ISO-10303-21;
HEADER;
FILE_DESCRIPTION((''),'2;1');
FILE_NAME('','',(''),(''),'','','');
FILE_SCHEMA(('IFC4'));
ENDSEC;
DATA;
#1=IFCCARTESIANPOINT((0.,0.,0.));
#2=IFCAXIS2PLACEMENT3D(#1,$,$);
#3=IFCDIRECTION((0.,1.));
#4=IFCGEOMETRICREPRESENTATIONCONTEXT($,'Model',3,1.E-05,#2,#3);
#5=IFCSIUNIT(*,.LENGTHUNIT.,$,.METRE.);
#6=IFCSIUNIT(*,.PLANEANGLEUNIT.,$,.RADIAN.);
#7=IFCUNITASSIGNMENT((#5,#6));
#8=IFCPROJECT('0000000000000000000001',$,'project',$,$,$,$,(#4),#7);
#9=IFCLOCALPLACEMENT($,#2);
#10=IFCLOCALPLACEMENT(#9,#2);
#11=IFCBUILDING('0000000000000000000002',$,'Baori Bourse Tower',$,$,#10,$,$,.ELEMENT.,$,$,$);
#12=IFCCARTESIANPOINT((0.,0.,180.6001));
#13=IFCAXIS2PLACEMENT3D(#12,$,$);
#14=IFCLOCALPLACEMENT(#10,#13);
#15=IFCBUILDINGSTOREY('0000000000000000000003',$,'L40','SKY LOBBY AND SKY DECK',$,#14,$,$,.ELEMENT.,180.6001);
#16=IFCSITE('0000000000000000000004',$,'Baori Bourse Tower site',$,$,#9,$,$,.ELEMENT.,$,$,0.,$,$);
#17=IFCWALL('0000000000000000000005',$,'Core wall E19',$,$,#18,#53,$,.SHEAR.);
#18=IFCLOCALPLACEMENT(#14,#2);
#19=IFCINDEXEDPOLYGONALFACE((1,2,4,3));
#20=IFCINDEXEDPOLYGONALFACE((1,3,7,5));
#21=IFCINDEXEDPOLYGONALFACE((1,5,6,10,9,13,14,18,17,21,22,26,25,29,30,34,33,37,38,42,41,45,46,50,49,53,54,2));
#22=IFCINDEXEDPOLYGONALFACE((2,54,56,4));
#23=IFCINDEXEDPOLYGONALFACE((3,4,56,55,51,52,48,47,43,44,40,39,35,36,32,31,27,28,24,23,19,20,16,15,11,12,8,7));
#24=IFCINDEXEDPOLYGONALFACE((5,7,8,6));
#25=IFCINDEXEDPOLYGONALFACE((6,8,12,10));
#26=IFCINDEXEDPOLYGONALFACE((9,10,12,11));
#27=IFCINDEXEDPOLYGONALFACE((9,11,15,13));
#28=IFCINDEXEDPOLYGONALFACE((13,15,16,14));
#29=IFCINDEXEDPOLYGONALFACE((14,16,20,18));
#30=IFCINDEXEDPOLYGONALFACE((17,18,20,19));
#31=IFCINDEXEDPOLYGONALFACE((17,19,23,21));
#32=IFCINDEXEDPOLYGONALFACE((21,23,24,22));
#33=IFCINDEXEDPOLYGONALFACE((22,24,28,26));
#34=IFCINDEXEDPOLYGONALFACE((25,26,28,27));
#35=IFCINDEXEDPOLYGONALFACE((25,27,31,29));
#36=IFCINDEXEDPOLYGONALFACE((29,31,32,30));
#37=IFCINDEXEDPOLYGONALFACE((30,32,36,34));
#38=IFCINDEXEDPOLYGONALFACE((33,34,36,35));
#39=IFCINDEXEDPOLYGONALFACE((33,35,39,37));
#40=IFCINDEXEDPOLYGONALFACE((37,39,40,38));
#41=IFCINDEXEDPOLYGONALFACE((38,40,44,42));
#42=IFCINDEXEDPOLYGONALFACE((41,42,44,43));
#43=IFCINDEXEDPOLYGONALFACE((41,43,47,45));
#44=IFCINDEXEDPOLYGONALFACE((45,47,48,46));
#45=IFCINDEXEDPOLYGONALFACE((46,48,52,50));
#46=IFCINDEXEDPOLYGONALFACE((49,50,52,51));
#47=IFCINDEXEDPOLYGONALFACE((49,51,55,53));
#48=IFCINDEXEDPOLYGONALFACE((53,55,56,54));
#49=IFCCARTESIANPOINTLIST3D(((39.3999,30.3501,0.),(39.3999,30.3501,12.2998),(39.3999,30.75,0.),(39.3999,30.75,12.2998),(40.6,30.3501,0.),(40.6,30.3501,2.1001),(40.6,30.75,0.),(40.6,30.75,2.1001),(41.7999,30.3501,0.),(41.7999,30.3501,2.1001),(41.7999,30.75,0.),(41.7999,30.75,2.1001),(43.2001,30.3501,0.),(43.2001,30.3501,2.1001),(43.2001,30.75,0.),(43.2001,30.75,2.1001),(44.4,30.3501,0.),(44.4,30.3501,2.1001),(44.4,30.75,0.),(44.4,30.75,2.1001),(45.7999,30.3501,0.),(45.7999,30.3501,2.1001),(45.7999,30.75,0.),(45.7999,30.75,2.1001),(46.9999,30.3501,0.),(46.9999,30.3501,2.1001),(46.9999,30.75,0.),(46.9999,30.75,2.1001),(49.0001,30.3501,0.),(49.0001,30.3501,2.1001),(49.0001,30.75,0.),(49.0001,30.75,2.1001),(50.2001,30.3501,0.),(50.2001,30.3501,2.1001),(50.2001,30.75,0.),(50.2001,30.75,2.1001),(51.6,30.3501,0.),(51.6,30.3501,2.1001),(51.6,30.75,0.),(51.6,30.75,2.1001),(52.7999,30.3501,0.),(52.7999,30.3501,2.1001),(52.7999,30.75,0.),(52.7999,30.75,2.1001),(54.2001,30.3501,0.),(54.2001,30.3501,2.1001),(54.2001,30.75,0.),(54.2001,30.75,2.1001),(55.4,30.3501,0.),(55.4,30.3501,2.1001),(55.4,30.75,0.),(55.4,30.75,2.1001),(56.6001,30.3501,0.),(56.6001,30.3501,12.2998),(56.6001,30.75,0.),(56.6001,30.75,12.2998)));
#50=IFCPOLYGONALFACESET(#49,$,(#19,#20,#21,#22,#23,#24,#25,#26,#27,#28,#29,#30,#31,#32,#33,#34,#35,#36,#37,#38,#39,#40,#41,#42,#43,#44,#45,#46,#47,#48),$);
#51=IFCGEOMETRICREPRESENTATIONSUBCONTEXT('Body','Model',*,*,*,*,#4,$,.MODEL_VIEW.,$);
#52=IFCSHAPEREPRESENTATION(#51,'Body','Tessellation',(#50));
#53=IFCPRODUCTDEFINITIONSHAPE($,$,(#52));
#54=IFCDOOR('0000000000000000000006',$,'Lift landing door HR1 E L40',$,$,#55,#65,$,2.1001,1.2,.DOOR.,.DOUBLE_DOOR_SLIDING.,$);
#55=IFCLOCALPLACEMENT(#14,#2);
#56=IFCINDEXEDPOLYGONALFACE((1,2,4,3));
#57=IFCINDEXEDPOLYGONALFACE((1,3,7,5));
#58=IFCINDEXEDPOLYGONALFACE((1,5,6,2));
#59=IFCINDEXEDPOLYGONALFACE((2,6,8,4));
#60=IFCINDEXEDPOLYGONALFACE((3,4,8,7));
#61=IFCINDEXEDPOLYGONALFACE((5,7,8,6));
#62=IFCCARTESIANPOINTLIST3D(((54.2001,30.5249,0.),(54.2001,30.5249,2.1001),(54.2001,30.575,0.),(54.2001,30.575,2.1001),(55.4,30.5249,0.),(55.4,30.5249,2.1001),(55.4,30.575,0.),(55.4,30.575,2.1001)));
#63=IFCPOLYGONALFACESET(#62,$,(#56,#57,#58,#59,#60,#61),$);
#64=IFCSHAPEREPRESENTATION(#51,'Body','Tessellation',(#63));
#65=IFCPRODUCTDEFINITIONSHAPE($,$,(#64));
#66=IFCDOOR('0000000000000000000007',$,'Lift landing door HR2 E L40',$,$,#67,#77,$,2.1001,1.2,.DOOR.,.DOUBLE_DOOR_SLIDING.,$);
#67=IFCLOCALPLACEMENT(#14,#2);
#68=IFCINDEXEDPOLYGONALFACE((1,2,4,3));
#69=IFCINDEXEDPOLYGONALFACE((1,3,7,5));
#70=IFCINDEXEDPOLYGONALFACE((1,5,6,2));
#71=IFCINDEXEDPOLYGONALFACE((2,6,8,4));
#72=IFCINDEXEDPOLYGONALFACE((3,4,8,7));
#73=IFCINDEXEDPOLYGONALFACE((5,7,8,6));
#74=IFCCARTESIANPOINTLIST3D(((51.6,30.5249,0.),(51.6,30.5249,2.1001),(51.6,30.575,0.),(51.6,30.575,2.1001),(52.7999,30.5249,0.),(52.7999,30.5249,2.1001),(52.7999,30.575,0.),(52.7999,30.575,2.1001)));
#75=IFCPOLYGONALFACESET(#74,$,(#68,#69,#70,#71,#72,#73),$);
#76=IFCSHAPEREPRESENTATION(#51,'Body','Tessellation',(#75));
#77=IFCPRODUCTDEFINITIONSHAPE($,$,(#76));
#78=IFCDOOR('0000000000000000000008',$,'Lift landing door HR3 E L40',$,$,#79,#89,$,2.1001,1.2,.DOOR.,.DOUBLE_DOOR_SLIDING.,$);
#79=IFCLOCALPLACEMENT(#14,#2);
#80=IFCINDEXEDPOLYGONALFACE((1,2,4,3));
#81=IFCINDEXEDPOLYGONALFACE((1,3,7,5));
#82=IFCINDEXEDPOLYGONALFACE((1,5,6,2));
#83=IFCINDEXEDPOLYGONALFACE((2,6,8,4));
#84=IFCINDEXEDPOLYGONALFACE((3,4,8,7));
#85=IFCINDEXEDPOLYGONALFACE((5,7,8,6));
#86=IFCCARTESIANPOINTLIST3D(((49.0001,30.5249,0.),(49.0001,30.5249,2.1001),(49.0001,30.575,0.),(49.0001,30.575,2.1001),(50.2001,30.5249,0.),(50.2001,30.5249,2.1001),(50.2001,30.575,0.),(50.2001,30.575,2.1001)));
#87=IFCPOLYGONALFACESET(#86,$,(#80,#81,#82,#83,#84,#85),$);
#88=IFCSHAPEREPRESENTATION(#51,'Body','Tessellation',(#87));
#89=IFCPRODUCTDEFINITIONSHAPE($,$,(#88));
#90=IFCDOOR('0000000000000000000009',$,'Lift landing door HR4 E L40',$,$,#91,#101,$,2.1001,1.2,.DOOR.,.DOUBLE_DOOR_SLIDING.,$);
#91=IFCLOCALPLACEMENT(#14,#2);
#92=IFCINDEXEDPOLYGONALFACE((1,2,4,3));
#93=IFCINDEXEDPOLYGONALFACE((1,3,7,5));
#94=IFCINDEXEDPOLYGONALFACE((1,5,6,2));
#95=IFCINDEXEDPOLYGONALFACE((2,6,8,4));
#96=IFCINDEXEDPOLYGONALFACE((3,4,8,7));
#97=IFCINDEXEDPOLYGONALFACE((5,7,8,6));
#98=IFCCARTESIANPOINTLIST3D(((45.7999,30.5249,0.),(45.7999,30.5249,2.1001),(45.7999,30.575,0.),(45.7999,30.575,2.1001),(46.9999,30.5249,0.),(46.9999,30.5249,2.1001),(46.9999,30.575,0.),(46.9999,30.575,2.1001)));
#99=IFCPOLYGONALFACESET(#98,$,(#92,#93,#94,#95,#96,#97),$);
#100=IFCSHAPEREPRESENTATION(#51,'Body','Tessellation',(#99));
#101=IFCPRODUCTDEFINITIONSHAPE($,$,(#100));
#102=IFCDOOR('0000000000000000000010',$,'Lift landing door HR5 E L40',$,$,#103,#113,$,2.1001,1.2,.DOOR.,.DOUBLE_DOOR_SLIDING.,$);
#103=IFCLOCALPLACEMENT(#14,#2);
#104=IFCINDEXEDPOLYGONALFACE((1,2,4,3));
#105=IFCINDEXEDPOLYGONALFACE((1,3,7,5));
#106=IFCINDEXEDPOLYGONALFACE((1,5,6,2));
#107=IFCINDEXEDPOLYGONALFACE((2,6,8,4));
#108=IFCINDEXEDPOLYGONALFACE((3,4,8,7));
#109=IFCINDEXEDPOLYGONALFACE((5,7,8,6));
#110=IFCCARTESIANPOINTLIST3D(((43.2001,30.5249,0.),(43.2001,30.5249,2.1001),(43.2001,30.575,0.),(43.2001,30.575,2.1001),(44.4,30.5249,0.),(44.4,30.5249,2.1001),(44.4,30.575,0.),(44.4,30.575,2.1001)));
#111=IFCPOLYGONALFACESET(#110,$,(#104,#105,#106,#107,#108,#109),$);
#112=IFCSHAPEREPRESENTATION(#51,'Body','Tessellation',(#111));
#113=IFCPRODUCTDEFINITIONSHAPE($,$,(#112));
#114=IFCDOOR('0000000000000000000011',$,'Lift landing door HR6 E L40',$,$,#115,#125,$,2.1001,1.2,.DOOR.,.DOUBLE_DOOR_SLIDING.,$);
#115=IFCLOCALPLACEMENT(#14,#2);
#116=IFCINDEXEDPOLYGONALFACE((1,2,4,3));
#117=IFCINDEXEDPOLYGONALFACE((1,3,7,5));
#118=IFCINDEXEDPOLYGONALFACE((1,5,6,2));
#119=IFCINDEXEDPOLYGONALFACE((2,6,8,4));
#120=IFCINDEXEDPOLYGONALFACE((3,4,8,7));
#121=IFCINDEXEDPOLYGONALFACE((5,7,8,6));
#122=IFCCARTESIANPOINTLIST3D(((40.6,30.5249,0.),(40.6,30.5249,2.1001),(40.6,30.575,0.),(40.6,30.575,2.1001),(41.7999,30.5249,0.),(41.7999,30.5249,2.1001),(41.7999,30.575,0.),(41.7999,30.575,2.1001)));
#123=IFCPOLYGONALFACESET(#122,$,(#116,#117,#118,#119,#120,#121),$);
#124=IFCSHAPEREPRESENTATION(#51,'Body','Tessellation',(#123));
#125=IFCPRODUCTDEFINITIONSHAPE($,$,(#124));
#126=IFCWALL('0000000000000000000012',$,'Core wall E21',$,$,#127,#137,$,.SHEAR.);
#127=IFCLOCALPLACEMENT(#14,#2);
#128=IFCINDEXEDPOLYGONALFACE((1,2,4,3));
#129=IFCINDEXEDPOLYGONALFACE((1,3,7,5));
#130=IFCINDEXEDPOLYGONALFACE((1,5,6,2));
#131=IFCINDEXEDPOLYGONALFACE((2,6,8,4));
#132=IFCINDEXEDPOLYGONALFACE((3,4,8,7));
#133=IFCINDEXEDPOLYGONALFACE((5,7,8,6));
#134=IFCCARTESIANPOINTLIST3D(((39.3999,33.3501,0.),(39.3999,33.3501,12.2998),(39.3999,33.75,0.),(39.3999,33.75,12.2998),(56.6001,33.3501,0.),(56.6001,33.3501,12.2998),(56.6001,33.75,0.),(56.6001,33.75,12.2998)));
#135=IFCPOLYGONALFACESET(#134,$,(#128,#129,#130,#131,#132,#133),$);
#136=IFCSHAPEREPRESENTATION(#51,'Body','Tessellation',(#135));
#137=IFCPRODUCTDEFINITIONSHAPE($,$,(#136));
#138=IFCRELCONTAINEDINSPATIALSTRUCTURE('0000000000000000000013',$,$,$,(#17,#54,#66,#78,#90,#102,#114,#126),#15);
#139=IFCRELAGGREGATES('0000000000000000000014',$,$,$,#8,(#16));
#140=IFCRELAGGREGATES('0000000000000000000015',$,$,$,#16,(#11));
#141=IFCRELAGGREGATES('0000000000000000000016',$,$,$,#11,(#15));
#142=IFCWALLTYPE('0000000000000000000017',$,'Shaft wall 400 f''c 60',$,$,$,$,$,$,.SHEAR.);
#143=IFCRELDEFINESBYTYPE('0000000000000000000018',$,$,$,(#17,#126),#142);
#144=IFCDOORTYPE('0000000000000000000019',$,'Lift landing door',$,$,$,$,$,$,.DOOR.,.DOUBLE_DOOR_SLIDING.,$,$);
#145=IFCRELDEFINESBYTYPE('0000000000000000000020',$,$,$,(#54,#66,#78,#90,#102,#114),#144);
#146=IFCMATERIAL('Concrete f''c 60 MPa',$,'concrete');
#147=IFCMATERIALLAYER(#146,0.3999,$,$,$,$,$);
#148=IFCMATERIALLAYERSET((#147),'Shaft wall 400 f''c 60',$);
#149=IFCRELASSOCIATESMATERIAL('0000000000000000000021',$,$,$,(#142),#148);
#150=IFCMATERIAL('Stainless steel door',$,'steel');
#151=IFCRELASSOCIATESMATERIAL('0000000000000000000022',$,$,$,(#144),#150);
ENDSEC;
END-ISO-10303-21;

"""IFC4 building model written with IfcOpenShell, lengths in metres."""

from ifc_helpers import new_model, si_unit, direction, frame, frame_2d, origin, place, context, subcontext, project, spatial, rectangle, extrude, material, layer, layer_set, type_object, element, fill, save


model = new_model("IFC4")

# Units and contexts
model_context = context("Model", 3, precision=1e-05, world=origin(), true_north=direction((0.0, 1.0)))
body_context = subcontext(model_context, "Body", "Model", "MODEL_VIEW")
ifc_project = project(units=[si_unit("LENGTHUNIT", "METRE"), si_unit("PLANEANGLEUNIT", "RADIAN")], contexts=[model_context])

# Site, building, storey
site_placement = place(None, origin())
site = spatial("IfcSite", under=ifc_project, at=site_placement, Name="Baori Bourse Tower site", CompositionType="ELEMENT", RefElevation=0.0)
building_placement = place(site_placement, origin())
building = spatial("IfcBuilding", under=site, at=building_placement, Name="Baori Bourse Tower", CompositionType="ELEMENT")
storey_placement = place(building_placement, frame((0.0, 0.0, 180.6001)))
storey = spatial("IfcBuildingStorey", under=building, at=storey_placement, Name="L40", Description="SKY LOBBY AND SKY DECK", CompositionType="ELEMENT", Elevation=180.6001)

# Wall, openings, doors
ifc_material_1 = material(Name="Concrete f'c 60 MPa", Category="concrete")
ifc_layer_1 = layer(ifc_material_1, 0.3999)
ifc_layer_set_1 = layer_set([ifc_layer_1], Name="Shaft wall 400 f'c 60")
wall_type_1 = type_object("IfcWallType", Name="Shaft wall 400 f'c 60", PredefinedType="SHEAR", material=ifc_layer_set_1)
wall_1_placement = place(storey_placement, frame((39.3999, 30.55, 0.0), z_axis=(0.0, 0.0, 1.0), x_axis=(1.0, 0.0, 0.0)))
wall_1 = element("IfcWall", 1, at=wall_1_placement, inside=storey, type_object=wall_type_1, Name="Core wall E19", PredefinedType="SHEAR", context=body_context, shape_type="SweptSolid", body=[
    extrude(rectangle(XDim=17.2002, YDim=0.3999, at=frame_2d((8.6001, 0.0))), origin(), (0.0, 0.0, 1.0), 12.2998),
])
opening_1_placement = place(wall_1_placement, frame((14.8, 0.0, 0.0)))
opening_1 = element("IfcOpeningElement", 2, at=opening_1_placement, cuts=wall_1, PredefinedType="OPENING", context=body_context, shape_type="SweptSolid", body=[
    extrude(rectangle(XDim=1.2, YDim=2.1001, at=frame_2d((0.6001, 1.05))), frame((0.0, 0.21, 0.0), z_axis=(0.0, -1.0, 0.0), x_axis=(1.0, 0.0, 0.0)), (0.0, 0.0, 1.0), 0.4199),
])
opening_2_placement = place(wall_1_placement, frame((12.2, 0.0, 0.0)))
opening_2 = element("IfcOpeningElement", 3, at=opening_2_placement, cuts=wall_1, PredefinedType="OPENING", context=body_context, shape_type="SweptSolid", body=[
    extrude(rectangle(XDim=1.2, YDim=2.1001, at=frame_2d((0.6001, 1.05))), frame((0.0, 0.21, 0.0), z_axis=(0.0, -1.0, 0.0), x_axis=(1.0, 0.0, 0.0)), (0.0, 0.0, 1.0), 0.4199),
])
opening_3_placement = place(wall_1_placement, frame((9.6001, 0.0, 0.0)))
opening_3 = element("IfcOpeningElement", 4, at=opening_3_placement, cuts=wall_1, PredefinedType="OPENING", context=body_context, shape_type="SweptSolid", body=[
    extrude(rectangle(XDim=1.2, YDim=2.1001, at=frame_2d((0.6001, 1.05))), frame((0.0, 0.21, 0.0), z_axis=(0.0, -1.0, 0.0), x_axis=(1.0, 0.0, 0.0)), (0.0, 0.0, 1.0), 0.4199),
])
opening_4_placement = place(wall_1_placement, frame((6.3999, 0.0, 0.0)))
opening_4 = element("IfcOpeningElement", 5, at=opening_4_placement, cuts=wall_1, PredefinedType="OPENING", context=body_context, shape_type="SweptSolid", body=[
    extrude(rectangle(XDim=1.2, YDim=2.1001, at=frame_2d((0.6001, 1.05))), frame((0.0, 0.21, 0.0), z_axis=(0.0, -1.0, 0.0), x_axis=(1.0, 0.0, 0.0)), (0.0, 0.0, 1.0), 0.4199),
])
opening_5_placement = place(wall_1_placement, frame((3.8, 0.0, 0.0)))
opening_5 = element("IfcOpeningElement", 6, at=opening_5_placement, cuts=wall_1, PredefinedType="OPENING", context=body_context, shape_type="SweptSolid", body=[
    extrude(rectangle(XDim=1.2, YDim=2.1001, at=frame_2d((0.6001, 1.05))), frame((0.0, 0.21, 0.0), z_axis=(0.0, -1.0, 0.0), x_axis=(1.0, 0.0, 0.0)), (0.0, 0.0, 1.0), 0.4199),
])
opening_6_placement = place(wall_1_placement, frame((1.2, 0.0, 0.0)))
opening_6 = element("IfcOpeningElement", 7, at=opening_6_placement, cuts=wall_1, PredefinedType="OPENING", context=body_context, shape_type="SweptSolid", body=[
    extrude(rectangle(XDim=1.2, YDim=2.1001, at=frame_2d((0.6001, 1.05))), frame((0.0, 0.21, 0.0), z_axis=(0.0, -1.0, 0.0), x_axis=(1.0, 0.0, 0.0)), (0.0, 0.0, 1.0), 0.4199),
])
ifc_material_2 = material(Name="Stainless steel door", Category="steel")
door_type_1 = type_object("IfcDoorType", Name="Lift landing door", OperationType="DOUBLE_DOOR_SLIDING", PredefinedType="DOOR", material=ifc_material_2)
door_1_placement = place(opening_1_placement, origin())
door_1 = element("IfcDoor", 8, at=door_1_placement, inside=storey, type_object=door_type_1, Name="Lift landing door HR1 E L40", OperationType="DOUBLE_DOOR_SLIDING", OverallHeight=2.1001, OverallWidth=1.2, PredefinedType="DOOR", context=body_context, shape_type="SweptSolid", body=[
    extrude(rectangle(XDim=1.2, YDim=2.1001, at=frame_2d((0.6001, 1.05))), frame((0.0, 0.0249, 0.0), z_axis=(0.0, -1.0, 0.0), x_axis=(1.0, 0.0, 0.0)), (0.0, 0.0, 1.0), 0.05),
])
fill(opening_1, door_1)
door_2_placement = place(opening_2_placement, origin())
door_2 = element("IfcDoor", 9, at=door_2_placement, inside=storey, type_object=door_type_1, Name="Lift landing door HR2 E L40", OperationType="DOUBLE_DOOR_SLIDING", OverallHeight=2.1001, OverallWidth=1.2, PredefinedType="DOOR", context=body_context, shape_type="SweptSolid", body=[
    extrude(rectangle(XDim=1.2, YDim=2.1001, at=frame_2d((0.6001, 1.05))), frame((0.0, 0.0249, 0.0), z_axis=(0.0, -1.0, 0.0), x_axis=(1.0, 0.0, 0.0)), (0.0, 0.0, 1.0), 0.05),
])
fill(opening_2, door_2)
door_3_placement = place(opening_3_placement, origin())
door_3 = element("IfcDoor", 10, at=door_3_placement, inside=storey, type_object=door_type_1, Name="Lift landing door HR3 E L40", OperationType="DOUBLE_DOOR_SLIDING", OverallHeight=2.1001, OverallWidth=1.2, PredefinedType="DOOR", context=body_context, shape_type="SweptSolid", body=[
    extrude(rectangle(XDim=1.2, YDim=2.1001, at=frame_2d((0.6001, 1.05))), frame((0.0, 0.0249, 0.0), z_axis=(0.0, -1.0, 0.0), x_axis=(1.0, 0.0, 0.0)), (0.0, 0.0, 1.0), 0.05),
])
fill(opening_3, door_3)
door_4_placement = place(opening_4_placement, origin())
door_4 = element("IfcDoor", 11, at=door_4_placement, inside=storey, type_object=door_type_1, Name="Lift landing door HR4 E L40", OperationType="DOUBLE_DOOR_SLIDING", OverallHeight=2.1001, OverallWidth=1.2, PredefinedType="DOOR", context=body_context, shape_type="SweptSolid", body=[
    extrude(rectangle(XDim=1.2, YDim=2.1001, at=frame_2d((0.6001, 1.05))), frame((0.0, 0.0249, 0.0), z_axis=(0.0, -1.0, 0.0), x_axis=(1.0, 0.0, 0.0)), (0.0, 0.0, 1.0), 0.05),
])
fill(opening_4, door_4)
door_5_placement = place(opening_5_placement, origin())
door_5 = element("IfcDoor", 12, at=door_5_placement, inside=storey, type_object=door_type_1, Name="Lift landing door HR5 E L40", OperationType="DOUBLE_DOOR_SLIDING", OverallHeight=2.1001, OverallWidth=1.2, PredefinedType="DOOR", context=body_context, shape_type="SweptSolid", body=[
    extrude(rectangle(XDim=1.2, YDim=2.1001, at=frame_2d((0.6001, 1.05))), frame((0.0, 0.0249, 0.0), z_axis=(0.0, -1.0, 0.0), x_axis=(1.0, 0.0, 0.0)), (0.0, 0.0, 1.0), 0.05),
])
fill(opening_5, door_5)
door_6_placement = place(opening_6_placement, origin())
door_6 = element("IfcDoor", 13, at=door_6_placement, inside=storey, type_object=door_type_1, Name="Lift landing door HR6 E L40", OperationType="DOUBLE_DOOR_SLIDING", OverallHeight=2.1001, OverallWidth=1.2, PredefinedType="DOOR", context=body_context, shape_type="SweptSolid", body=[
    extrude(rectangle(XDim=1.2, YDim=2.1001, at=frame_2d((0.6001, 1.05))), frame((0.0, 0.0249, 0.0), z_axis=(0.0, -1.0, 0.0), x_axis=(1.0, 0.0, 0.0)), (0.0, 0.0, 1.0), 0.05),
])
fill(opening_6, door_6)

# Wall
wall_2_placement = place(storey_placement, frame((39.3999, 33.55, 0.0), z_axis=(0.0, 0.0, 1.0), x_axis=(1.0, 0.0, 0.0)))
element("IfcWall", 14, at=wall_2_placement, inside=storey, type_object=wall_type_1, Name="Core wall E21", PredefinedType="SHEAR", context=body_context, shape_type="SweptSolid", body=[
    extrude(rectangle(XDim=17.2002, YDim=0.3999, at=frame_2d((8.6001, 0.0))), origin(), (0.0, 0.0, 1.0), 12.2998),
])

save(model, "model.ifc")
